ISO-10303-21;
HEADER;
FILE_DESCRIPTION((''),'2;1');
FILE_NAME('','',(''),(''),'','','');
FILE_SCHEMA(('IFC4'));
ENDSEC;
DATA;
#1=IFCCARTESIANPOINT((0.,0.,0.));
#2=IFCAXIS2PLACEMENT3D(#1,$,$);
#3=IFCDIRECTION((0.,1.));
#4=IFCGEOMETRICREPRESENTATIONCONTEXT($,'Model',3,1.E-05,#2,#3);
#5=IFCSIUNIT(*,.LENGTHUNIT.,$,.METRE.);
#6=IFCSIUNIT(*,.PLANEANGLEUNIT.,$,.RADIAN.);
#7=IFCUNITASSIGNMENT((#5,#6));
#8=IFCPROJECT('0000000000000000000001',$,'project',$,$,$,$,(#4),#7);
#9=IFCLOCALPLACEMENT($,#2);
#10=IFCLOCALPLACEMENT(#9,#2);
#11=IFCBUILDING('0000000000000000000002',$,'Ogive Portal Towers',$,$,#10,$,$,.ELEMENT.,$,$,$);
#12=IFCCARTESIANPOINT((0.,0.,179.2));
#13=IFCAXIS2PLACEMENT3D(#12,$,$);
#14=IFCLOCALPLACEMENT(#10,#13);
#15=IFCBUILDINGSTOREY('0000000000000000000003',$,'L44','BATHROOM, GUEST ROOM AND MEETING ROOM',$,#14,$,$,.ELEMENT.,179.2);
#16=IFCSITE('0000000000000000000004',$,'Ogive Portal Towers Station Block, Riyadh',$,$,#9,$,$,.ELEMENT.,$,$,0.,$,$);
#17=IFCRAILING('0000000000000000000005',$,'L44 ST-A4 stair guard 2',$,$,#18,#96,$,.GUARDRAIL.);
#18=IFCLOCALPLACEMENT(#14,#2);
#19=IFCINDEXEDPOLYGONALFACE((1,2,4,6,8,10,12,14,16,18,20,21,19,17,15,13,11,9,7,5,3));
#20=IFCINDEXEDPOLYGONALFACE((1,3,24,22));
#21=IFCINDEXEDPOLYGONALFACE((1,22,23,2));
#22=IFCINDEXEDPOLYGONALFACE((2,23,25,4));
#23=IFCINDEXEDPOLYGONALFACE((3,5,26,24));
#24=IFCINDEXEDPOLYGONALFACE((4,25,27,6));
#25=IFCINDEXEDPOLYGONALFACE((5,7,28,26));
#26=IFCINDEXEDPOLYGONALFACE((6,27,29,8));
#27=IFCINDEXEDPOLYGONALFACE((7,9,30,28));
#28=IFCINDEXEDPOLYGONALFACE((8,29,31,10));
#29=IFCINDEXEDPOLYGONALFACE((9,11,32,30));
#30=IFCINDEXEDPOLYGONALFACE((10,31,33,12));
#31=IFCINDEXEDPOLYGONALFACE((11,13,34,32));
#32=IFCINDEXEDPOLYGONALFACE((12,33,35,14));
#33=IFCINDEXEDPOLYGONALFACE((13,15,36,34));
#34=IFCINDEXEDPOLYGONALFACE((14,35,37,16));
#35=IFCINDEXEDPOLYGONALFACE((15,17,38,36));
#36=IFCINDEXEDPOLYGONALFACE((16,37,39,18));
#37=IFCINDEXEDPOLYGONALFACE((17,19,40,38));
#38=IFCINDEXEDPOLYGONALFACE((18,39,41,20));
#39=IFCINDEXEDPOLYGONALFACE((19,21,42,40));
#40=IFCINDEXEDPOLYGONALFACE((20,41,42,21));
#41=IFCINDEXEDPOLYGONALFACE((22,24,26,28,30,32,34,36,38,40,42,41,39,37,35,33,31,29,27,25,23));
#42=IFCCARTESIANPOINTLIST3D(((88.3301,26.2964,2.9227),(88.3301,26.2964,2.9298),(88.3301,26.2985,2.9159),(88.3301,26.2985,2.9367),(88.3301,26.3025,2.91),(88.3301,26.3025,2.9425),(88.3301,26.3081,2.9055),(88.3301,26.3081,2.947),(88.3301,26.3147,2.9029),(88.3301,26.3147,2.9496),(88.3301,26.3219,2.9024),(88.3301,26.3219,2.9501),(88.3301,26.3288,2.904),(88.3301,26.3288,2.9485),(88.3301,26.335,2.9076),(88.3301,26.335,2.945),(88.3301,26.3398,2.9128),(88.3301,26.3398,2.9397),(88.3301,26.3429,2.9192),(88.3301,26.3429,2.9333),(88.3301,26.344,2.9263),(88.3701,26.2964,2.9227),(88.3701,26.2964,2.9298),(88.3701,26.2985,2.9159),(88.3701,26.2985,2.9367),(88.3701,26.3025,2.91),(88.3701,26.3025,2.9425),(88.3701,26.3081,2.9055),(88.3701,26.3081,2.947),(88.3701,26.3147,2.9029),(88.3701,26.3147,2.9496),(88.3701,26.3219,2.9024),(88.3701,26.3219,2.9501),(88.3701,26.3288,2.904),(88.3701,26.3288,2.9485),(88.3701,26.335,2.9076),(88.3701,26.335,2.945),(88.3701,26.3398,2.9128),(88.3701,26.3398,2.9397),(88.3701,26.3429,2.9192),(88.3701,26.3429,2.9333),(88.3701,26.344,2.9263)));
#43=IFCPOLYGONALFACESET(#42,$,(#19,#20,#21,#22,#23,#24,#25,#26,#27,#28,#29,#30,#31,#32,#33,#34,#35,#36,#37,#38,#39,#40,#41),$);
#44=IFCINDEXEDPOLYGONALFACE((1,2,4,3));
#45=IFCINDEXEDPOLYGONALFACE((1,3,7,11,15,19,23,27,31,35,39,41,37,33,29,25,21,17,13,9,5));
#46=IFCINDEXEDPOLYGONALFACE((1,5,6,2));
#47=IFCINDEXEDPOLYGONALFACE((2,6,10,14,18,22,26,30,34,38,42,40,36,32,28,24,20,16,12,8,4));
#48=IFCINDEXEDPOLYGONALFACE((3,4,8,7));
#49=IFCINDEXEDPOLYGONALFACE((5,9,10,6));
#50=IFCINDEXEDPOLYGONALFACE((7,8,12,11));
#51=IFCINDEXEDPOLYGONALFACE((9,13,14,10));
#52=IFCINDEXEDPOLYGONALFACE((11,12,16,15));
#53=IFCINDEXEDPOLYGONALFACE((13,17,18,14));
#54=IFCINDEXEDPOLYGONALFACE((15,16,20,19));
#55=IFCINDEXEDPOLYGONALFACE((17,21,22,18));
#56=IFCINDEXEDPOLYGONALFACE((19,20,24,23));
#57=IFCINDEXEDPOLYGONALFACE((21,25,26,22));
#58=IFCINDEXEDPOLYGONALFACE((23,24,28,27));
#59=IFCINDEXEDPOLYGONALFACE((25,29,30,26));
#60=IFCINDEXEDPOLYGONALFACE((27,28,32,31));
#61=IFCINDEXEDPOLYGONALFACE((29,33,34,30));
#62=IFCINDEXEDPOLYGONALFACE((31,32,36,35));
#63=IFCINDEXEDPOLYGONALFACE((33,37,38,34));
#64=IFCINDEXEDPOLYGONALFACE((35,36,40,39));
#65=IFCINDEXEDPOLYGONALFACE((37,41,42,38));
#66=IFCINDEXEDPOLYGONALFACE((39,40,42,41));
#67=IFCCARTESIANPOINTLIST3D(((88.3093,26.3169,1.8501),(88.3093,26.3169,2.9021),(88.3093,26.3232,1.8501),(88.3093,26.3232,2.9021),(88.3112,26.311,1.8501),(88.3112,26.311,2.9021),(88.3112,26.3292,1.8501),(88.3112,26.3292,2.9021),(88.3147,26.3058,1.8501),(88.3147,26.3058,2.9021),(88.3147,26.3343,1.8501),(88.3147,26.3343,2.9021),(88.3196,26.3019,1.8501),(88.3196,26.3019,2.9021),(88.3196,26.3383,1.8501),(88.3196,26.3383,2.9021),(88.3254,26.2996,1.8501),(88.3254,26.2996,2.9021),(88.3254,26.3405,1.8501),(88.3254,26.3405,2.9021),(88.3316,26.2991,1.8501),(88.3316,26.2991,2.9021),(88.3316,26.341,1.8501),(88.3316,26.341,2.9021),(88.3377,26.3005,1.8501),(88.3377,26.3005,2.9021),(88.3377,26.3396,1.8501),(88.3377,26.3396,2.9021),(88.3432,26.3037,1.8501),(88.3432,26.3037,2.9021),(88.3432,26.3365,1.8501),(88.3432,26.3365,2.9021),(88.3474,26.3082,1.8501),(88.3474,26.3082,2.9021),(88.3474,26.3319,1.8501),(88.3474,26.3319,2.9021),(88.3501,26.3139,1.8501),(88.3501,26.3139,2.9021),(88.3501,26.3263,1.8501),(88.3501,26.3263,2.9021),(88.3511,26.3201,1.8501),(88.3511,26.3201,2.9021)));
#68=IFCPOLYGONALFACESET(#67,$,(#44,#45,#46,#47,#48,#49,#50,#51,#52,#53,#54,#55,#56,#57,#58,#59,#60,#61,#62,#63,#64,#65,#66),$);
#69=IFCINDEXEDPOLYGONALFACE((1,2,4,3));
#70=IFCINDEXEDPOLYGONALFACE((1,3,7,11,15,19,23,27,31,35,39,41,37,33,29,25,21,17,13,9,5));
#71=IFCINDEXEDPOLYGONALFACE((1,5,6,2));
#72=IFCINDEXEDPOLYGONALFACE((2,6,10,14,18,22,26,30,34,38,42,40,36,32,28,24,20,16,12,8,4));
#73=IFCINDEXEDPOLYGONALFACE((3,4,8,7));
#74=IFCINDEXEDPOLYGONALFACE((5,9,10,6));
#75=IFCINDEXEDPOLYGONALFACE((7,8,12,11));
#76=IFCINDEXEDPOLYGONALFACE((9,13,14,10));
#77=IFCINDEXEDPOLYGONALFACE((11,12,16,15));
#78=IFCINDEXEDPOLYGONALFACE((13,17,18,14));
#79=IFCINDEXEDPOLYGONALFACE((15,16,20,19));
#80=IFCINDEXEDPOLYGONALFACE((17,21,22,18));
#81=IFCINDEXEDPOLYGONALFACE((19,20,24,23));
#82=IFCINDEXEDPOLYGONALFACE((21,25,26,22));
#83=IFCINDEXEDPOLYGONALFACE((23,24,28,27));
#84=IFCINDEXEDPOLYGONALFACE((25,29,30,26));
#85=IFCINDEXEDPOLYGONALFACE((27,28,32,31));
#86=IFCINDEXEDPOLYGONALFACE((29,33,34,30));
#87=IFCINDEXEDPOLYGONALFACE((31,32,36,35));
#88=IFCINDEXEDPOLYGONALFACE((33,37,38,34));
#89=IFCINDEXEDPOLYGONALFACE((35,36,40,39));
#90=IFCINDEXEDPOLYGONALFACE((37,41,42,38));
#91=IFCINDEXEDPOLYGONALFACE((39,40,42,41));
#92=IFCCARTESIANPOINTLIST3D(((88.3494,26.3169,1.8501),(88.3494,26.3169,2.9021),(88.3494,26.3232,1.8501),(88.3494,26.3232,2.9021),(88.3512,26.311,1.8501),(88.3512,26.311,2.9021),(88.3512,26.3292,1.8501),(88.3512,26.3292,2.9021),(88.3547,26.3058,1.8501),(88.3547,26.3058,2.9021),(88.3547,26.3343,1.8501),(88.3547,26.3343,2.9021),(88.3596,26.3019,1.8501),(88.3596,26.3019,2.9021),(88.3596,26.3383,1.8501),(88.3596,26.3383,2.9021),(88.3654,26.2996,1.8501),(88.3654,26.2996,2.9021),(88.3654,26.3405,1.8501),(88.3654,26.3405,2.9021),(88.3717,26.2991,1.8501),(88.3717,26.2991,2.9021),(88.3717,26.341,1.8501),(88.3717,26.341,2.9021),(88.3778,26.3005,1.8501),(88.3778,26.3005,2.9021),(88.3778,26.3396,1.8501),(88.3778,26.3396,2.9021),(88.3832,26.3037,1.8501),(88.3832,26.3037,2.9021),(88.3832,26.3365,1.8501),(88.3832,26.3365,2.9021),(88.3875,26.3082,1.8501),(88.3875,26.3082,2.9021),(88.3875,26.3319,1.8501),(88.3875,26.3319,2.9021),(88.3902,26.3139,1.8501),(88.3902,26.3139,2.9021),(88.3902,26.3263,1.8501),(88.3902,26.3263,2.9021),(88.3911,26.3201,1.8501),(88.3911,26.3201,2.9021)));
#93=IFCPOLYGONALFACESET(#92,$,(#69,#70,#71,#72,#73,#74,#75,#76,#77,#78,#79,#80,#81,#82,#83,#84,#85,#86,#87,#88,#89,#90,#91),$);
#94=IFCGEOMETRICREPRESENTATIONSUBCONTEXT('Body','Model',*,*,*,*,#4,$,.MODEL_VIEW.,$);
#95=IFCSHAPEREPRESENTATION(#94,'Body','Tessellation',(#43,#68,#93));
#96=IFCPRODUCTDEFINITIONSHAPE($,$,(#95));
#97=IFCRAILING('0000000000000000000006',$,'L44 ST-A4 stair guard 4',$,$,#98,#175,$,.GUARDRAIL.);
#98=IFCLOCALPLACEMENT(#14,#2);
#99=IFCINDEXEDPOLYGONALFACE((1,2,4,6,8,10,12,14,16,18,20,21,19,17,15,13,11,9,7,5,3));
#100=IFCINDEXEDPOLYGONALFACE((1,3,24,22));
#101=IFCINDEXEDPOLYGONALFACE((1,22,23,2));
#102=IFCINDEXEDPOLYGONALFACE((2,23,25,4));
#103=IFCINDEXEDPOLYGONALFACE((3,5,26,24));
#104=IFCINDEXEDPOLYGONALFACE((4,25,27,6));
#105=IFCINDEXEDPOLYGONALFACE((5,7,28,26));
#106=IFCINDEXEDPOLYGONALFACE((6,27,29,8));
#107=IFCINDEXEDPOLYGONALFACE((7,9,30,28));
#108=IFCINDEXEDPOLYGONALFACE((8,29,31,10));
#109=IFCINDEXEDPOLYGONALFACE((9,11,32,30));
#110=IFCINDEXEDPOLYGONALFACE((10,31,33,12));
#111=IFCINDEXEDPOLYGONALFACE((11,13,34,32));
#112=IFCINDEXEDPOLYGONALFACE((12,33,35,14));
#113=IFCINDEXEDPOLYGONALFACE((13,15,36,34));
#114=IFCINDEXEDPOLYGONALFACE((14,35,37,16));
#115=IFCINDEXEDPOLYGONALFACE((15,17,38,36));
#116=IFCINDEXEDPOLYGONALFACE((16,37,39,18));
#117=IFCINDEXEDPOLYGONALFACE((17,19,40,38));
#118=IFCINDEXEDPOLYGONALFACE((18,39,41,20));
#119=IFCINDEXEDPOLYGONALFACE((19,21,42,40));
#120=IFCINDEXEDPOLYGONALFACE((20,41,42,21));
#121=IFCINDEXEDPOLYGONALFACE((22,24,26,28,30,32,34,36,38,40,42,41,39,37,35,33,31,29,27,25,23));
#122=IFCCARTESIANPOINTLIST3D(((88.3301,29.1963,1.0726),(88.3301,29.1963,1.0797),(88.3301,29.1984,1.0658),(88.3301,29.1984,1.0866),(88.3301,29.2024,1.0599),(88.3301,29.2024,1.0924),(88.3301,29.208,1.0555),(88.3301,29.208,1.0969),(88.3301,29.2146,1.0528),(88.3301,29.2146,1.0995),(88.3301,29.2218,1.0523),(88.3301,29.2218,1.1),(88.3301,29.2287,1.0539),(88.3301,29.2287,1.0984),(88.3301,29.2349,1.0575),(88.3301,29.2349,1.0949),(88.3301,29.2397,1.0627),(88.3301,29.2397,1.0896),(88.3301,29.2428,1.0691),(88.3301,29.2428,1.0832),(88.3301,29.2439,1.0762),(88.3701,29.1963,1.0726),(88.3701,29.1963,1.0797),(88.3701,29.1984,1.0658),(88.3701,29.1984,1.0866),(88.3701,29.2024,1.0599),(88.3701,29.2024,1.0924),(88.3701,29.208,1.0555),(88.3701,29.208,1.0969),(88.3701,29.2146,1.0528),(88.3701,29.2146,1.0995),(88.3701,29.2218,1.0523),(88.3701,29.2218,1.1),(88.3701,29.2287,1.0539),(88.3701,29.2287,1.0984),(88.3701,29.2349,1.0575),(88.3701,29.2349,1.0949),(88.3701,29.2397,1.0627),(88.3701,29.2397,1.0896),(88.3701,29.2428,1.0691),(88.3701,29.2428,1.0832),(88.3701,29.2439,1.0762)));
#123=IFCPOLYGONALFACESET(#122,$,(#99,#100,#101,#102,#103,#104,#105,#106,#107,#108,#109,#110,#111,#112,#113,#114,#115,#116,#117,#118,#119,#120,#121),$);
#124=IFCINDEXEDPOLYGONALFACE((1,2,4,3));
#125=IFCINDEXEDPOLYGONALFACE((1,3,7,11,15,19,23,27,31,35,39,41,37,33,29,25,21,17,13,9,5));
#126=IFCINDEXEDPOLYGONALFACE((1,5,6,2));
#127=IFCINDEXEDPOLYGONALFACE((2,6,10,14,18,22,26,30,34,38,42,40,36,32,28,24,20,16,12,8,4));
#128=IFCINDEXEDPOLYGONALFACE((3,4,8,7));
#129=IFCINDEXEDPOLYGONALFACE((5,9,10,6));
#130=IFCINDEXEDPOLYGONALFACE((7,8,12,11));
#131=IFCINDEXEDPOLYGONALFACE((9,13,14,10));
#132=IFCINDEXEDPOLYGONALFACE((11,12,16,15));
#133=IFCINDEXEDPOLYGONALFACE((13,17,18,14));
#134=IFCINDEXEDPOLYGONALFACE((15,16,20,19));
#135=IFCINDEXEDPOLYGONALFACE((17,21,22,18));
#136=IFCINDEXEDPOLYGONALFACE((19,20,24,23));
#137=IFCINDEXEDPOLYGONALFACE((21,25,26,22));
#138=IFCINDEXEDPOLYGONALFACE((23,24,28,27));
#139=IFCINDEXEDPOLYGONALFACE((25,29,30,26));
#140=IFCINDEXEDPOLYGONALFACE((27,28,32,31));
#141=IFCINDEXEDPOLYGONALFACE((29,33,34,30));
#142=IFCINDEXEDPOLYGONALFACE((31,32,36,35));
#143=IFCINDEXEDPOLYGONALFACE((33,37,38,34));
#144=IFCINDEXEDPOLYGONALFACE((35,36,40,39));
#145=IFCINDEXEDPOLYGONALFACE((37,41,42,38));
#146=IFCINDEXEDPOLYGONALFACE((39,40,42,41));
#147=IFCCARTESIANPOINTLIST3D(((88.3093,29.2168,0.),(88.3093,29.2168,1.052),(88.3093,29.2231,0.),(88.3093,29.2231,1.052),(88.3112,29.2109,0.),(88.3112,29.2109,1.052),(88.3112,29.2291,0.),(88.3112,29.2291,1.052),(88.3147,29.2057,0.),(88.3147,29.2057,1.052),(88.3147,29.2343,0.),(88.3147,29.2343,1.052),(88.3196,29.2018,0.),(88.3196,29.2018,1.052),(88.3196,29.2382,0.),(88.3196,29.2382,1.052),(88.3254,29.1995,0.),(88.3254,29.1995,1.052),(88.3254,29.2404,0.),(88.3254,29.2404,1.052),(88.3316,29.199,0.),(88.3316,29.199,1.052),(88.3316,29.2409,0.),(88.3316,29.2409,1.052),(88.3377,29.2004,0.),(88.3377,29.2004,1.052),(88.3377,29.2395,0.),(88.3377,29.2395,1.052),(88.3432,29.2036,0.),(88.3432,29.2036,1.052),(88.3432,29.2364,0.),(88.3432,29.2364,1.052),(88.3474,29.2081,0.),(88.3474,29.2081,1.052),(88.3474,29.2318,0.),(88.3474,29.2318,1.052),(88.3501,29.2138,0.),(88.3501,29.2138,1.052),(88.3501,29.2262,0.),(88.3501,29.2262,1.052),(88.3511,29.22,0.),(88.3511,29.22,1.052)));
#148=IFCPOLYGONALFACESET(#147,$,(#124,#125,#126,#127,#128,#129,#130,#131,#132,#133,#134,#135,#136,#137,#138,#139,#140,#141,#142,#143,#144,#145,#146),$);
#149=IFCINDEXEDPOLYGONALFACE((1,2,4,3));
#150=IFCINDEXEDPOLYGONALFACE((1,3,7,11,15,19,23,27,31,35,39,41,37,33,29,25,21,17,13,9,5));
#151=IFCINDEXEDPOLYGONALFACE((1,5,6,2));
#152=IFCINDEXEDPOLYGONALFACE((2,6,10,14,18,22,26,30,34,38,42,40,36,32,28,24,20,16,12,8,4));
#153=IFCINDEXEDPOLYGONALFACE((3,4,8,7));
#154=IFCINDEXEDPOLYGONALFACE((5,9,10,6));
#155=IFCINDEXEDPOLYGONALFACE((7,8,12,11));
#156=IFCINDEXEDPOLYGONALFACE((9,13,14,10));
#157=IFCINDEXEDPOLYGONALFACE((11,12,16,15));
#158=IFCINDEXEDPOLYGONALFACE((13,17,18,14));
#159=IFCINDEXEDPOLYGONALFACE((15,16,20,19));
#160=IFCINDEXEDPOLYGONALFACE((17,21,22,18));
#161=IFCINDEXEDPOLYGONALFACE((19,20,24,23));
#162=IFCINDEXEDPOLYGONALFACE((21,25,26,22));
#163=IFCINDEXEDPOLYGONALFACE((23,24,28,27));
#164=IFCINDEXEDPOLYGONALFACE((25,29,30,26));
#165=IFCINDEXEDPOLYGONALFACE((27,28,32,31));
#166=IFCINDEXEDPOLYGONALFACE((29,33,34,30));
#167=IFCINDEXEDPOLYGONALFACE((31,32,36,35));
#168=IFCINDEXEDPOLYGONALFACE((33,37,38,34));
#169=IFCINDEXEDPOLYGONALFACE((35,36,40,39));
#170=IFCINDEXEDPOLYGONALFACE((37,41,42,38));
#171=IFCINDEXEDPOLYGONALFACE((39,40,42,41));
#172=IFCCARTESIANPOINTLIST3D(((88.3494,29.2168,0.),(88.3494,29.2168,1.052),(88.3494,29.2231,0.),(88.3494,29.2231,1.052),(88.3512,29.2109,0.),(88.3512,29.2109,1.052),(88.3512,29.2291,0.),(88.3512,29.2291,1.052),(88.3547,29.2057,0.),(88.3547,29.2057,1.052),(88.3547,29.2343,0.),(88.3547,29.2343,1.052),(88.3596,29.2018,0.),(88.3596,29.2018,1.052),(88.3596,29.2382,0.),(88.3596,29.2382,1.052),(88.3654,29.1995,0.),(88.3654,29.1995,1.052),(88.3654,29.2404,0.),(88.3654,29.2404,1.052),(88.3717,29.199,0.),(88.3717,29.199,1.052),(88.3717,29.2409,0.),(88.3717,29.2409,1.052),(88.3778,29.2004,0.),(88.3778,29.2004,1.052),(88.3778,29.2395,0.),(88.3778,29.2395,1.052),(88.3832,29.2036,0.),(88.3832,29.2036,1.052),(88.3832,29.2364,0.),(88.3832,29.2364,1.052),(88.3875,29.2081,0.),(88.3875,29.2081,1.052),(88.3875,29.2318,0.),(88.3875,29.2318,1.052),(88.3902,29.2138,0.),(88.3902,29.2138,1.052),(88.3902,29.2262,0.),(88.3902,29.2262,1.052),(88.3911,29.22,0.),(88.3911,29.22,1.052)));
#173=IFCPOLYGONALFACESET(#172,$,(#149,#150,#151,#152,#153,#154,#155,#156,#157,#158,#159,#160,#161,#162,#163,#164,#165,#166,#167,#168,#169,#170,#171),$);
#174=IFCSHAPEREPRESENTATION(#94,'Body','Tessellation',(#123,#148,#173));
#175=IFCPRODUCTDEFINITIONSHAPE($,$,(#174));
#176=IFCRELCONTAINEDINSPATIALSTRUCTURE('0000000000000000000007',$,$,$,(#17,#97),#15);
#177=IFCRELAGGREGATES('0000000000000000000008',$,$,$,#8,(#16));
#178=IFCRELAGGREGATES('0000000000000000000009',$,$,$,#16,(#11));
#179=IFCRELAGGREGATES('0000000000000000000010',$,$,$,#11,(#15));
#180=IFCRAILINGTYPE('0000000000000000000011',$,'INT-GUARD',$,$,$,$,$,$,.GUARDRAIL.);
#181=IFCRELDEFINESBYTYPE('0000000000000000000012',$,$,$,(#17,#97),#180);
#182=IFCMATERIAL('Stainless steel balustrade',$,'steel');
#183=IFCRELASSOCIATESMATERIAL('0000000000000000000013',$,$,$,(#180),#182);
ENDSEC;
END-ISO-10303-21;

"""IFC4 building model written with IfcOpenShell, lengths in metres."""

from ifc_helpers import new_model, si_unit, direction, frame, origin, origin_2d, place, context, subcontext, project, spatial, circle, extrude, material, type_object, element, save


model = new_model("IFC4")

# Units and contexts
model_context = context("Model", 3, precision=1e-05, world=origin(), true_north=direction((0.0, 1.0)))
body_context = subcontext(model_context, "Body", "Model", "MODEL_VIEW")
ifc_project = project(units=[si_unit("LENGTHUNIT", "METRE"), si_unit("PLANEANGLEUNIT", "RADIAN")], contexts=[model_context])

# Site, building, storey
site_placement = place(None, origin())
site = spatial("IfcSite", under=ifc_project, at=site_placement, Name="Ogive Portal Towers Station Block, Riyadh", CompositionType="ELEMENT", RefElevation=0.0)
building_placement = place(site_placement, origin())
building = spatial("IfcBuilding", under=site, at=building_placement, Name="Ogive Portal Towers", CompositionType="ELEMENT")
storey_placement = place(building_placement, frame((0.0, 0.0, 179.2)))
storey = spatial("IfcBuildingStorey", under=building, at=storey_placement, Name="L44", Description="BATHROOM, GUEST ROOM AND MEETING ROOM", CompositionType="ELEMENT", Elevation=179.2)

# Railings
ifc_material_1 = material(Name="Stainless steel balustrade", Category="steel")
railing_type_1 = type_object("IfcRailingType", Name="INT-GUARD", PredefinedType="GUARDRAIL", material=ifc_material_1)
for number, where, name in (
    (1, (88.3301, 26.3201, 1.8501), "L44 ST-A4 stair guard 2"),
    (2, (88.3301, 29.22, 0.0), "L44 ST-A4 stair guard 4"),
):
    element("IfcRailing", number, at=place(storey_placement, frame(where)), inside=storey, type_object=railing_type_1, Name=name, PredefinedType="GUARDRAIL", context=body_context, shape_type="SweptSolid", body=[
        extrude(circle(Radius=0.0239, at=origin_2d()), frame((0.0, 0.0, 1.0762), z_axis=(1.0, 0.0, 0.0), x_axis=(0.0, 1.0, 0.0)), (0.0, 0.0, 1.0), 0.04),
        extrude(circle(Radius=0.021, at=origin_2d()), origin(), (0.0, 0.0, 1.0), 1.052),
        extrude(circle(Radius=0.021, at=origin_2d()), frame((0.04, 0.0, 0.0)), (0.0, 0.0, 1.0), 1.052),
    ])

save(model, "model.ifc")
